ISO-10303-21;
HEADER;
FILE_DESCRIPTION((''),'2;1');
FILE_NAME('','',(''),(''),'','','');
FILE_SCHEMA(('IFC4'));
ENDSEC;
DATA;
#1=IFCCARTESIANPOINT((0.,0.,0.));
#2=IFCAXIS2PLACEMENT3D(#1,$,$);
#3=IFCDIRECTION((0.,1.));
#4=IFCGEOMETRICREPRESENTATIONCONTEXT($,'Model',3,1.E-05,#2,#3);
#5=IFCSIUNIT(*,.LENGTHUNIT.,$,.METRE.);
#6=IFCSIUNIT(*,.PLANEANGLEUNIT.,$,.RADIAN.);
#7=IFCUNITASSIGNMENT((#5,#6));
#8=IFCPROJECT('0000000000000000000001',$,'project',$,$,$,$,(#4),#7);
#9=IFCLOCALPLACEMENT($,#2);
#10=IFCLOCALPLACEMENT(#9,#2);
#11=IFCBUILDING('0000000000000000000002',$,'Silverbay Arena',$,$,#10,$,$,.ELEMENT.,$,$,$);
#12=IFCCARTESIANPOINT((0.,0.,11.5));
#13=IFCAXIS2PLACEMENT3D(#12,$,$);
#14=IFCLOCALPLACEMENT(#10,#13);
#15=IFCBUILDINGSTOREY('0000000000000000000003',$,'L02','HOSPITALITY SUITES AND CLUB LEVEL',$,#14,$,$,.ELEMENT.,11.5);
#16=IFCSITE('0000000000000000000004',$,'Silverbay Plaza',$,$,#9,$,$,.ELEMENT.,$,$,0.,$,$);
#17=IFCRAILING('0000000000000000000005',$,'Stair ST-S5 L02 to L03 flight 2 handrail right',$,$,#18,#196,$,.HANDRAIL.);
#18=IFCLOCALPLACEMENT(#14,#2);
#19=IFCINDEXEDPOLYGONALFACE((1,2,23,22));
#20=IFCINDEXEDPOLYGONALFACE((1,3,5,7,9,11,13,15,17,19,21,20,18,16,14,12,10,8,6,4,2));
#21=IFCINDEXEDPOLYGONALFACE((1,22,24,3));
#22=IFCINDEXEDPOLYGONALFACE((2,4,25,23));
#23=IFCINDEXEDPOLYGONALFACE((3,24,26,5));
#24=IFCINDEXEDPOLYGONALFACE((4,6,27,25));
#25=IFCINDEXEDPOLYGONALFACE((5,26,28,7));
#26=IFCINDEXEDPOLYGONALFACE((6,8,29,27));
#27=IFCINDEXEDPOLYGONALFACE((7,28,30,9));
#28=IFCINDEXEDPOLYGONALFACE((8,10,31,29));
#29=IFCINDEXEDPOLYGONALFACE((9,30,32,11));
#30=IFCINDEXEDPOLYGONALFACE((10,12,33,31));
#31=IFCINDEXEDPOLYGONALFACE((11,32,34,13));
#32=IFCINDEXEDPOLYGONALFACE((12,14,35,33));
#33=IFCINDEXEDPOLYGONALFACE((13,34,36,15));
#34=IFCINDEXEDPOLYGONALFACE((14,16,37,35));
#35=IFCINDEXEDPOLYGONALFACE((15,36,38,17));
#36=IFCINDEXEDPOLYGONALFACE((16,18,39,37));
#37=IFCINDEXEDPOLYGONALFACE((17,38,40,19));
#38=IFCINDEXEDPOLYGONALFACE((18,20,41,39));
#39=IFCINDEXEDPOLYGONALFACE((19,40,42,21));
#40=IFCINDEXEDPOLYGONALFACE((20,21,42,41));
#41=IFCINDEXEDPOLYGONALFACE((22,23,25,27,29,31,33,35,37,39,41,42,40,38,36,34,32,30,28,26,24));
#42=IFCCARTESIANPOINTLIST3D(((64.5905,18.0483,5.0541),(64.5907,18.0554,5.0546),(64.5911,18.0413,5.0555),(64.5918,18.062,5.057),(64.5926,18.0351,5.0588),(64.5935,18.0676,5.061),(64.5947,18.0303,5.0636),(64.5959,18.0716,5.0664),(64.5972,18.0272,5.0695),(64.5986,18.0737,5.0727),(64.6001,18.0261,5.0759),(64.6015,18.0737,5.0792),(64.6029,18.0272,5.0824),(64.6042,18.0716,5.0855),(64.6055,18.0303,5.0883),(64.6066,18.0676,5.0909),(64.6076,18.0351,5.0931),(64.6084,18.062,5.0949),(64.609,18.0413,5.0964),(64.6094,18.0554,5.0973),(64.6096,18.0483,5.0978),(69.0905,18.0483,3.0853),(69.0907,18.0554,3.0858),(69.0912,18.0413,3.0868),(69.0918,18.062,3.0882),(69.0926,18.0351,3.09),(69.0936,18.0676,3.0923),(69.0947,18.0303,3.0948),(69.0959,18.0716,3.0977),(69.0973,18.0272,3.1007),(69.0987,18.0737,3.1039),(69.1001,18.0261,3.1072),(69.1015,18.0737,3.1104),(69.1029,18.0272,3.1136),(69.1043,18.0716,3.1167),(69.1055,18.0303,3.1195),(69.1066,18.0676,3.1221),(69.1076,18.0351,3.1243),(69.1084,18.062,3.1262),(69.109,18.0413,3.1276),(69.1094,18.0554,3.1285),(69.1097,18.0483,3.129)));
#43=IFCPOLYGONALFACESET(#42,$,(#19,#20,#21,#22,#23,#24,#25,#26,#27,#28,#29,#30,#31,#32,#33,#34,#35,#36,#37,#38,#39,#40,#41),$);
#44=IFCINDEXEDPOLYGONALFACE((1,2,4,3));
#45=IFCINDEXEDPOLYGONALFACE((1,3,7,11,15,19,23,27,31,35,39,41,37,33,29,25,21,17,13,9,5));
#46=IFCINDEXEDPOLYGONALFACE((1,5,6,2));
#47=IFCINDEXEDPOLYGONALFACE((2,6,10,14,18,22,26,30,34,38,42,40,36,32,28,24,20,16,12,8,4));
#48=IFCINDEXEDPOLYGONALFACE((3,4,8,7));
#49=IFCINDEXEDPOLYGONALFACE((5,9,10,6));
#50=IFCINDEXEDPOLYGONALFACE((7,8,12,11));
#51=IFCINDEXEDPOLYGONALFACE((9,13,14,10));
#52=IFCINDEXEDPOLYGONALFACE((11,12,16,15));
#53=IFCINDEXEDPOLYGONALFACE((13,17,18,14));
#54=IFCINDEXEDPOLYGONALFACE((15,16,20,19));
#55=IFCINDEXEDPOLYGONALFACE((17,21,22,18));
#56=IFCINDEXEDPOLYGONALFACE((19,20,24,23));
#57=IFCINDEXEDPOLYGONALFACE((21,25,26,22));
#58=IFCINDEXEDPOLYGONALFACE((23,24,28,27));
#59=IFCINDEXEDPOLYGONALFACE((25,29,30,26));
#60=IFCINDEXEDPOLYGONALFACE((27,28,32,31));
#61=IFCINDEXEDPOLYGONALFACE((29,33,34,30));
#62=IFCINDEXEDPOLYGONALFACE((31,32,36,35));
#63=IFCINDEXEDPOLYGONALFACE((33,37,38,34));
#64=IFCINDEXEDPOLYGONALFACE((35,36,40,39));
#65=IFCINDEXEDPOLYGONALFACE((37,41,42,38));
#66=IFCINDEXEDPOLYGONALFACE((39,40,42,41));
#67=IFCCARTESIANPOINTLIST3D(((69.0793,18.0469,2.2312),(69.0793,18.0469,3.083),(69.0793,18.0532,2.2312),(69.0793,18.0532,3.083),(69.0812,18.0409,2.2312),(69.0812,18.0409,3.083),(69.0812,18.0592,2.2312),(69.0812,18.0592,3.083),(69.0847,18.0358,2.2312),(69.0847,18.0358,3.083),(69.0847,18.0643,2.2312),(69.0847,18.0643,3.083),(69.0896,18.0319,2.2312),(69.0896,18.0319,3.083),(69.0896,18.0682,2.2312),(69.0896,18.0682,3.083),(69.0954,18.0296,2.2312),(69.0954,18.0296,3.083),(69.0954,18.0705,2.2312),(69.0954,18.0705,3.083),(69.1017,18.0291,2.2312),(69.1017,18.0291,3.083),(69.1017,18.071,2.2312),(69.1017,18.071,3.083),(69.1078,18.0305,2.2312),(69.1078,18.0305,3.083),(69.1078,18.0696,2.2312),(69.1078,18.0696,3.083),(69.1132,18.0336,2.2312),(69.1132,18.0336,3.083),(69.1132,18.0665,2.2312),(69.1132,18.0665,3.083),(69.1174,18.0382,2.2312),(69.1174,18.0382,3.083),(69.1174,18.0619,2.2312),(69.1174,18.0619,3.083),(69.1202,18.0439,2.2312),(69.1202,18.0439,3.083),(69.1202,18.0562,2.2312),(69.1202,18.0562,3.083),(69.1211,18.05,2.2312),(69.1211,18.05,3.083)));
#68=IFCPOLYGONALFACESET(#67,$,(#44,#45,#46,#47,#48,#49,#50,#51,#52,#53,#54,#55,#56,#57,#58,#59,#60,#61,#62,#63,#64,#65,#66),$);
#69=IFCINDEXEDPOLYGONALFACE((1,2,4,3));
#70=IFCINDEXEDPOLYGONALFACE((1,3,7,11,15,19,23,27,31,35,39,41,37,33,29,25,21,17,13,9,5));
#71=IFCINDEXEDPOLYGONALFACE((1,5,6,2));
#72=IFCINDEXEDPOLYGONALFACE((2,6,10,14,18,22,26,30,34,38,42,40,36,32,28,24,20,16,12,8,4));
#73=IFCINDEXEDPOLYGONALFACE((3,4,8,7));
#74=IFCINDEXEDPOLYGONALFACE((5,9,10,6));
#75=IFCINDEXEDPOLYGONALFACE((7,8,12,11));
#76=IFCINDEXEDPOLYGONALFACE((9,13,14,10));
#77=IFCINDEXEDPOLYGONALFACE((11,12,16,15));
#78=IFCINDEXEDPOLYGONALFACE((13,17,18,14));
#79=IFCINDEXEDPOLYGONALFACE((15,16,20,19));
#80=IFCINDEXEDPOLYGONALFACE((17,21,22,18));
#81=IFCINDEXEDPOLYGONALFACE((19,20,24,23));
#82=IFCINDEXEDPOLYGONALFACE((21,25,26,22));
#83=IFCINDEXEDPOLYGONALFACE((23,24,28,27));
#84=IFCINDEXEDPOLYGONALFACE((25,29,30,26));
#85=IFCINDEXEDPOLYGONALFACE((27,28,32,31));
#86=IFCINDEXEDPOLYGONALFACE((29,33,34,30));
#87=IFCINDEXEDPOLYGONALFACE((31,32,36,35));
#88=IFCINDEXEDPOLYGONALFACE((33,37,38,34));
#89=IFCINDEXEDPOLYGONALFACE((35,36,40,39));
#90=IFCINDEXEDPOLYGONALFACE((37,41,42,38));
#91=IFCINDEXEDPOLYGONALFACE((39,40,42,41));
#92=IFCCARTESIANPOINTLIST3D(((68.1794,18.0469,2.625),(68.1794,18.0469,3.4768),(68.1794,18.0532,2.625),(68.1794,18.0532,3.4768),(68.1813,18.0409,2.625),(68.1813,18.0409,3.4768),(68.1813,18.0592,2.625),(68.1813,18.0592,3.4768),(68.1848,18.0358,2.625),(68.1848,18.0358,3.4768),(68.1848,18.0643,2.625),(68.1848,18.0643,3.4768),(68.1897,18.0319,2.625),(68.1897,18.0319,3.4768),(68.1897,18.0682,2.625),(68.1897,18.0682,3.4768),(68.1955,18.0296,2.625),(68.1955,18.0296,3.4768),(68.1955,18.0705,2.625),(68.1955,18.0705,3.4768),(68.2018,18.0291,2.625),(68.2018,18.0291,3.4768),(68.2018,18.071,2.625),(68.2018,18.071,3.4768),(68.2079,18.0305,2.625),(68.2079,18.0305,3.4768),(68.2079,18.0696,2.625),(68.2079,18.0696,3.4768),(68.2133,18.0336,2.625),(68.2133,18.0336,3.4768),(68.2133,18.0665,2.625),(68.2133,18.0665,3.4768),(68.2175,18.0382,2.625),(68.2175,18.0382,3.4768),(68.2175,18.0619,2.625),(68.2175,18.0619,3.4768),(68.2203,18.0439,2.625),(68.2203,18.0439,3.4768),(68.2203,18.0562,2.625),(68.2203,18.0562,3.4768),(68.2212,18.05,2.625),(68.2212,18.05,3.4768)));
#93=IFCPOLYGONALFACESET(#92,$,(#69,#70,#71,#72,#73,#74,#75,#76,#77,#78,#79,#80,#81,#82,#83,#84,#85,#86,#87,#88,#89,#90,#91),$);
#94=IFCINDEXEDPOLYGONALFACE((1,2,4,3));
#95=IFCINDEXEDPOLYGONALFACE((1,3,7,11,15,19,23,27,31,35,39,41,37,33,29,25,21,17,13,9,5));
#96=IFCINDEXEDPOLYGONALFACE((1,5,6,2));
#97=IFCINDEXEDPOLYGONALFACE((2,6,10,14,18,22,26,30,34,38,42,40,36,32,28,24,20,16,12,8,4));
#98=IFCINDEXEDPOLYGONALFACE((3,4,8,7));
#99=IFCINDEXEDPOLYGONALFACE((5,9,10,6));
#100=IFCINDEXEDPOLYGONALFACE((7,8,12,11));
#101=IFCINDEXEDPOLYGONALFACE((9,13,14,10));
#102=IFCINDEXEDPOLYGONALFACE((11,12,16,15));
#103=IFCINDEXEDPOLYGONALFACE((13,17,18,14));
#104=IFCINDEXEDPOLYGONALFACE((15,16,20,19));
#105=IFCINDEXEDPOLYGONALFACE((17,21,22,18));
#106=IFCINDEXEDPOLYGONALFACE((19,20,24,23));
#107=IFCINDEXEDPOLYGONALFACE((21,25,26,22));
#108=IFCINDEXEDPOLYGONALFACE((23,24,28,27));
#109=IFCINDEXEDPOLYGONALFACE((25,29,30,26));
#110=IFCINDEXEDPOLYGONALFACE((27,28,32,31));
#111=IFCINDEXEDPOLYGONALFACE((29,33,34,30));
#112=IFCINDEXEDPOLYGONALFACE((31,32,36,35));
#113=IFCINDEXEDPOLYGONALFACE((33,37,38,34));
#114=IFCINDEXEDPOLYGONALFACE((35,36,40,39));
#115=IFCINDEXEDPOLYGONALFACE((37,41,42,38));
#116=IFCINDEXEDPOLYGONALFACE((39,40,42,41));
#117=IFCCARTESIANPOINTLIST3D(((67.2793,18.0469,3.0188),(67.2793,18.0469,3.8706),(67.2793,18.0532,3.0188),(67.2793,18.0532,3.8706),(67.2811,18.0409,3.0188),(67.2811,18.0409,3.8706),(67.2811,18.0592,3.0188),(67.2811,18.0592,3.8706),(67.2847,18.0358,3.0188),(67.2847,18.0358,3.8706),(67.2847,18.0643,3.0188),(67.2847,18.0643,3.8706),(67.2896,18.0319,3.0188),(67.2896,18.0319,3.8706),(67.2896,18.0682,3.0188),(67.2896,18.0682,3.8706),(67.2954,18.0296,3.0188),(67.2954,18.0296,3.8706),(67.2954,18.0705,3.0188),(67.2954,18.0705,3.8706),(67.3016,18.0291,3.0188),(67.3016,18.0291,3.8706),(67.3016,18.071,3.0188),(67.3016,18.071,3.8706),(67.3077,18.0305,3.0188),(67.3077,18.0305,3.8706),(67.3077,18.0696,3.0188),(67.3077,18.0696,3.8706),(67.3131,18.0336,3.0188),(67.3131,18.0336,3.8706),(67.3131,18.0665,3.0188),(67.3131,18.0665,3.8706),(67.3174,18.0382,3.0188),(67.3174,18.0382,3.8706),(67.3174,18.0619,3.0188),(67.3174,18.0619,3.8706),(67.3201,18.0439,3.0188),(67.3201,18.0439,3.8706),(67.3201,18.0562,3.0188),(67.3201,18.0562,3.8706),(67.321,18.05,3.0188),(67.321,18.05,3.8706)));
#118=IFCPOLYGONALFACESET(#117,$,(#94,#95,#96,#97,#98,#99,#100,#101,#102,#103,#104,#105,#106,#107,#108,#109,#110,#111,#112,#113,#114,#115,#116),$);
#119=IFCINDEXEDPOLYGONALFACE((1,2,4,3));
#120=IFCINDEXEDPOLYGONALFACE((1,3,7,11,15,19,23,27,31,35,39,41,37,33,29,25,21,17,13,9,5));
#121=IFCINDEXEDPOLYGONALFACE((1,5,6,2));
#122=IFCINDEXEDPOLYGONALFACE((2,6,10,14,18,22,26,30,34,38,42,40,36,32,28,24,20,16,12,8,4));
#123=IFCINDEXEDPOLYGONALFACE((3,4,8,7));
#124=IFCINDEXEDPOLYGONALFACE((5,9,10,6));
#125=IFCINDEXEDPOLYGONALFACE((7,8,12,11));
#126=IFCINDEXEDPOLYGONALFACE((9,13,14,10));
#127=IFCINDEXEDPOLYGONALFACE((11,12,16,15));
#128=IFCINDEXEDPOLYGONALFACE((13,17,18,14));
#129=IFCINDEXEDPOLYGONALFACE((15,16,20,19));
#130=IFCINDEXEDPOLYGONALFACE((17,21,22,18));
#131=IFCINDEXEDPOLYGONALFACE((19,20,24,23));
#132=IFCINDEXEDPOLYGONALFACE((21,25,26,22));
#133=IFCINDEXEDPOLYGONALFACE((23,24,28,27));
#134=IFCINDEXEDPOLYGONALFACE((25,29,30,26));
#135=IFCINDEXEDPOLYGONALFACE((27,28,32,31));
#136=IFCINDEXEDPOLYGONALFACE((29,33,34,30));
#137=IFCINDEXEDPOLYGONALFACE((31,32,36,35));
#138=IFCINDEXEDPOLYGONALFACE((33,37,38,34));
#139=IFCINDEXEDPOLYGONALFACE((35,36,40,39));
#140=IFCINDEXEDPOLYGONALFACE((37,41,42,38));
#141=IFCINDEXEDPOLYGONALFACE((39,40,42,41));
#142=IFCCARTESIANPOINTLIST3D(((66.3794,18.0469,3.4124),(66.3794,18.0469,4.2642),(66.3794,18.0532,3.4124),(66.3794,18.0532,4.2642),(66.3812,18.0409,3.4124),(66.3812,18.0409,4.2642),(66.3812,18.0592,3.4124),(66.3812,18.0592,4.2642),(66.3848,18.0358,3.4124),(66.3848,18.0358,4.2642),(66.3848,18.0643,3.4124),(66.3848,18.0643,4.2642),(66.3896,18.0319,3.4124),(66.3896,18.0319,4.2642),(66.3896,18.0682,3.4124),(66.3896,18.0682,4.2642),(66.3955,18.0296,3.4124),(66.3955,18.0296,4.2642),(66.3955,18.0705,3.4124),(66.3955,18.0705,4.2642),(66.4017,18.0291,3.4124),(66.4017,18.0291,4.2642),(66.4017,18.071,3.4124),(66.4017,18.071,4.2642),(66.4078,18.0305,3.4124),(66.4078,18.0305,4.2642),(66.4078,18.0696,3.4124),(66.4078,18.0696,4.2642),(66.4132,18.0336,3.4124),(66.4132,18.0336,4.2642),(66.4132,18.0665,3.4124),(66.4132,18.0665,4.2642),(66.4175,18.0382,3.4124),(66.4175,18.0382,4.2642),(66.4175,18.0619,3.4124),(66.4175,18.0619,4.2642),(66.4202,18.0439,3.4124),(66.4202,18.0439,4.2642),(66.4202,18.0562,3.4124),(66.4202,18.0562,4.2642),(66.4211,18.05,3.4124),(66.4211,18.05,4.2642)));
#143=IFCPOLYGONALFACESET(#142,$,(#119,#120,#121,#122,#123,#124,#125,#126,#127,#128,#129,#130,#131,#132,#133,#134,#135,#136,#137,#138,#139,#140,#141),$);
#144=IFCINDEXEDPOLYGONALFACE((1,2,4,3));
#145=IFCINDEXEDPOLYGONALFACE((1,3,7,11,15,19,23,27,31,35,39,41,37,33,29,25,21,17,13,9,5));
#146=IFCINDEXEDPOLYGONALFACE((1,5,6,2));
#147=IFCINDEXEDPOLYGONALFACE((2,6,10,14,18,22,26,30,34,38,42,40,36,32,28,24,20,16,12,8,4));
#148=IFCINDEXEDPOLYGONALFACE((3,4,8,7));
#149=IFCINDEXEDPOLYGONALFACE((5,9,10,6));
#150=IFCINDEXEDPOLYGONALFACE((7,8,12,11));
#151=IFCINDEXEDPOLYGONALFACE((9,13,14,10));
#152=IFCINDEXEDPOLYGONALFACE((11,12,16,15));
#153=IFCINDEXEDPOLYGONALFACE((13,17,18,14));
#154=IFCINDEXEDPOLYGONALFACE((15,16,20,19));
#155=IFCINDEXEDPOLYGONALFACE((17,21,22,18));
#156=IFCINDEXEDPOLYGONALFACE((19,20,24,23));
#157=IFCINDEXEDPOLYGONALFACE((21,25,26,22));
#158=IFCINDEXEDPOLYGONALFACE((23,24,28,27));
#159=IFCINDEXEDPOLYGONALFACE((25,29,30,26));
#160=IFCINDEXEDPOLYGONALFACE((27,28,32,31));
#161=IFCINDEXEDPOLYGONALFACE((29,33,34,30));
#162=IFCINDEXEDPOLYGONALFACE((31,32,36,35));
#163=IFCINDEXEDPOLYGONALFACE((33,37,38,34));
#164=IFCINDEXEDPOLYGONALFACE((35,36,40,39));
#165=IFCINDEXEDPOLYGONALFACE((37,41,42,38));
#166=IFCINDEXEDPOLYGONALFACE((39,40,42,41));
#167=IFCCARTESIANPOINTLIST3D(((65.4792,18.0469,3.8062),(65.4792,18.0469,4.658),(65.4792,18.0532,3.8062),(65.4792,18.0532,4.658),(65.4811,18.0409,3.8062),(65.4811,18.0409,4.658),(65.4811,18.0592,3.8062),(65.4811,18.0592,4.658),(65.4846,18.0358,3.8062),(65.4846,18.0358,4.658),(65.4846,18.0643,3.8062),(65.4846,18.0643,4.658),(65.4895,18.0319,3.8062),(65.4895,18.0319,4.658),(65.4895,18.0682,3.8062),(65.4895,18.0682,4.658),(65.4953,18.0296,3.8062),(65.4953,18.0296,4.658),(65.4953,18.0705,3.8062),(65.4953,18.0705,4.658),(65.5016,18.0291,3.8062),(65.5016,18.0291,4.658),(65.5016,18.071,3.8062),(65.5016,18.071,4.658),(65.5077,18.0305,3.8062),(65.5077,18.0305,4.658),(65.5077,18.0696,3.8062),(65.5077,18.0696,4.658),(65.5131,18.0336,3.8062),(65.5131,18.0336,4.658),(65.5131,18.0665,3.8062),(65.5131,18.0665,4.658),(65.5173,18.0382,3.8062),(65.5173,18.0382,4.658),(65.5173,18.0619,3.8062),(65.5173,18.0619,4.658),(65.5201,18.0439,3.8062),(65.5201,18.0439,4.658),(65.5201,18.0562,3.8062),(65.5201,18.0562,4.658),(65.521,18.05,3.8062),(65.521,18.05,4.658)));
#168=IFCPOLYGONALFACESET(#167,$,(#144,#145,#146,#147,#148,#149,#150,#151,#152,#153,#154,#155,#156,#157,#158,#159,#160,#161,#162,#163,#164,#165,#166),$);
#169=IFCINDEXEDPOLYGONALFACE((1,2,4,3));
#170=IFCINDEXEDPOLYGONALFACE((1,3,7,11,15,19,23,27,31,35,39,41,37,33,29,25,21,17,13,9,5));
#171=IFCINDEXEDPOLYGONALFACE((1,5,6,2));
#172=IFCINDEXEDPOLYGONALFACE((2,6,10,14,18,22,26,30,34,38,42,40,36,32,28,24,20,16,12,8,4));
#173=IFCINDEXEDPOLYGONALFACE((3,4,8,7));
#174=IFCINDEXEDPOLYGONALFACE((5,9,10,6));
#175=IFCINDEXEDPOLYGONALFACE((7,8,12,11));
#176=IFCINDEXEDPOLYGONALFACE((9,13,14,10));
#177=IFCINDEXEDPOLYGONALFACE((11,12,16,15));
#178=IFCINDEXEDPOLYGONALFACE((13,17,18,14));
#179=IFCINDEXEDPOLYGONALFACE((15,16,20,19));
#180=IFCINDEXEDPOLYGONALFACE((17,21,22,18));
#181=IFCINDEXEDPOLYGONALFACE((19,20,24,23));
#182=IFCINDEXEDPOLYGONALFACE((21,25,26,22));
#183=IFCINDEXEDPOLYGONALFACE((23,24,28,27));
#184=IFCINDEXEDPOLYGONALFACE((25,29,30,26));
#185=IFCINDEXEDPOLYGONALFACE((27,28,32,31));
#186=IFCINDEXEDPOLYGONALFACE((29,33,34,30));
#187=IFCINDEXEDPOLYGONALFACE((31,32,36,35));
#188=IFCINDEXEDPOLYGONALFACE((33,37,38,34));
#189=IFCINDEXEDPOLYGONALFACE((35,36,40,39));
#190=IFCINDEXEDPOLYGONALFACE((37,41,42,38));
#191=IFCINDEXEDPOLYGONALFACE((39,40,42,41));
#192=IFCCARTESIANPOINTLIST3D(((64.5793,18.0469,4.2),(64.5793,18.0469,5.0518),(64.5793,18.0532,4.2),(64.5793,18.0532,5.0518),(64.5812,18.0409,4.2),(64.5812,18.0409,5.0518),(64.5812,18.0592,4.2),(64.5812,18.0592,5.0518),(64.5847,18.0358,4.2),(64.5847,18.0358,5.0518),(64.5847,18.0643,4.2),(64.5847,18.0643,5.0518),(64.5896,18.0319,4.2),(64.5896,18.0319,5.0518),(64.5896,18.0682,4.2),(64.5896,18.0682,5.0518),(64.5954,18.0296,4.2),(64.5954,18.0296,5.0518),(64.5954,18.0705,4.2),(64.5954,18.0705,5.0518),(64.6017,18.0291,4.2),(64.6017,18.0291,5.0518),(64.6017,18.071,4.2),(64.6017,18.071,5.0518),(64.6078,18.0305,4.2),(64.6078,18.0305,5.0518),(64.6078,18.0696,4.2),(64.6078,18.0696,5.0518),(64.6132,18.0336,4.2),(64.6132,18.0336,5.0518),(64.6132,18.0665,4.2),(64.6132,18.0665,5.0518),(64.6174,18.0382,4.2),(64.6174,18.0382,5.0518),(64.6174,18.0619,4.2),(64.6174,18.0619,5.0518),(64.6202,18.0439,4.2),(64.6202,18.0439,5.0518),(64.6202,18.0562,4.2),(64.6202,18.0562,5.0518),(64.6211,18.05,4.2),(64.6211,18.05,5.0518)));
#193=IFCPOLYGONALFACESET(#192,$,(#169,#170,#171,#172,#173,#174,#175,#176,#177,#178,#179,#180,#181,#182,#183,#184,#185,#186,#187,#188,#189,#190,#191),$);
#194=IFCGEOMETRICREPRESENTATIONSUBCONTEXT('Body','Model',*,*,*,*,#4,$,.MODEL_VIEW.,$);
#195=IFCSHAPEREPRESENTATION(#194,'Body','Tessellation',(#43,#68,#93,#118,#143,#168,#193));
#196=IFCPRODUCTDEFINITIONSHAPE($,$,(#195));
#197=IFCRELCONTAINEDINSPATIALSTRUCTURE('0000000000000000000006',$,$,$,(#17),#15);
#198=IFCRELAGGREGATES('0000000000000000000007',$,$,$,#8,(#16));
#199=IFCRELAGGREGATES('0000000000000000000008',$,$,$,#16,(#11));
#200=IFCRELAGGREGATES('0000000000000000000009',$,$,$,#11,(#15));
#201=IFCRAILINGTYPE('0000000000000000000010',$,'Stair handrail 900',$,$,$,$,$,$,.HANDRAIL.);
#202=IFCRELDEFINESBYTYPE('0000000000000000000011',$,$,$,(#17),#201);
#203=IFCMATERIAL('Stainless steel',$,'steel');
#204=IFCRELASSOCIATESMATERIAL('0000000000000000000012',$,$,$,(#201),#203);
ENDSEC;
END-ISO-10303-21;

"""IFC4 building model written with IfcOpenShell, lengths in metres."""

from ifc_helpers import new_model, si_unit, direction, frame, origin, origin_2d, place, context, subcontext, project, spatial, circle, extrude, material, type_object, element, save


model = new_model("IFC4")

# Units and contexts
model_context = context("Model", 3, precision=1e-05, world=origin(), true_north=direction((0.0, 1.0)))
body_context = subcontext(model_context, "Body", "Model", "MODEL_VIEW")
ifc_project = project(units=[si_unit("LENGTHUNIT", "METRE"), si_unit("PLANEANGLEUNIT", "RADIAN")], contexts=[model_context])

# Site, building, storey
site_placement = place(None, origin())
site = spatial("IfcSite", under=ifc_project, at=site_placement, Name="Silverbay Plaza", CompositionType="ELEMENT", RefElevation=0.0)
building_placement = place(site_placement, origin())
building = spatial("IfcBuilding", under=site, at=building_placement, Name="Silverbay Arena", CompositionType="ELEMENT")
storey_placement = place(building_placement, frame((0.0, 0.0, 11.5)))
storey = spatial("IfcBuildingStorey", under=building, at=storey_placement, Name="L02", Description="HOSPITALITY SUITES AND CLUB LEVEL", CompositionType="ELEMENT", Elevation=11.5)

# Railing
ifc_material_1 = material(Name="Stainless steel", Category="steel")
railing_type_1 = type_object("IfcRailingType", Name="Stair handrail 900", PredefinedType="HANDRAIL", material=ifc_material_1)
for number, where, name in (
    (1, (69.1001, 18.05, 2.2312), "Stair ST-S5 L02 to L03 flight 2 handrail right"),
):
    element("IfcRailing", number, at=place(storey_placement, frame(where)), inside=storey, type_object=railing_type_1, Name=name, PredefinedType="HANDRAIL", context=body_context, shape_type="SweptSolid", body=[
        extrude(circle(Radius=0.0239, at=origin_2d()), frame((0.0, 0.0, 0.876), z_axis=(-0.916157, 0.0, 0.400819), x_axis=(0.0, -1.0, 0.0)), (0.0, 0.0, 1.0), 4.9119),
        extrude(circle(Radius=0.021, at=origin_2d()), origin(), (0.0, 0.0, 1.0), 0.8518),
        extrude(circle(Radius=0.021, at=origin_2d()), frame((-0.8999, 0.0, 0.3938)), (0.0, 0.0, 1.0), 0.8518),
        extrude(circle(Radius=0.021, at=origin_2d()), frame((-1.8, 0.0, 0.7876)), (0.0, 0.0, 1.0), 0.8518),
        extrude(circle(Radius=0.021, at=origin_2d()), frame((-2.7, 0.0, 1.1812)), (0.0, 0.0, 1.0), 0.8518),
        extrude(circle(Radius=0.021, at=origin_2d()), frame((-3.6001, 0.0, 1.575)), (0.0, 0.0, 1.0), 0.8518),
        extrude(circle(Radius=0.021, at=origin_2d()), frame((-4.5, 0.0, 1.9688)), (0.0, 0.0, 1.0), 0.8518),
    ])

save(model, "model.ifc")
